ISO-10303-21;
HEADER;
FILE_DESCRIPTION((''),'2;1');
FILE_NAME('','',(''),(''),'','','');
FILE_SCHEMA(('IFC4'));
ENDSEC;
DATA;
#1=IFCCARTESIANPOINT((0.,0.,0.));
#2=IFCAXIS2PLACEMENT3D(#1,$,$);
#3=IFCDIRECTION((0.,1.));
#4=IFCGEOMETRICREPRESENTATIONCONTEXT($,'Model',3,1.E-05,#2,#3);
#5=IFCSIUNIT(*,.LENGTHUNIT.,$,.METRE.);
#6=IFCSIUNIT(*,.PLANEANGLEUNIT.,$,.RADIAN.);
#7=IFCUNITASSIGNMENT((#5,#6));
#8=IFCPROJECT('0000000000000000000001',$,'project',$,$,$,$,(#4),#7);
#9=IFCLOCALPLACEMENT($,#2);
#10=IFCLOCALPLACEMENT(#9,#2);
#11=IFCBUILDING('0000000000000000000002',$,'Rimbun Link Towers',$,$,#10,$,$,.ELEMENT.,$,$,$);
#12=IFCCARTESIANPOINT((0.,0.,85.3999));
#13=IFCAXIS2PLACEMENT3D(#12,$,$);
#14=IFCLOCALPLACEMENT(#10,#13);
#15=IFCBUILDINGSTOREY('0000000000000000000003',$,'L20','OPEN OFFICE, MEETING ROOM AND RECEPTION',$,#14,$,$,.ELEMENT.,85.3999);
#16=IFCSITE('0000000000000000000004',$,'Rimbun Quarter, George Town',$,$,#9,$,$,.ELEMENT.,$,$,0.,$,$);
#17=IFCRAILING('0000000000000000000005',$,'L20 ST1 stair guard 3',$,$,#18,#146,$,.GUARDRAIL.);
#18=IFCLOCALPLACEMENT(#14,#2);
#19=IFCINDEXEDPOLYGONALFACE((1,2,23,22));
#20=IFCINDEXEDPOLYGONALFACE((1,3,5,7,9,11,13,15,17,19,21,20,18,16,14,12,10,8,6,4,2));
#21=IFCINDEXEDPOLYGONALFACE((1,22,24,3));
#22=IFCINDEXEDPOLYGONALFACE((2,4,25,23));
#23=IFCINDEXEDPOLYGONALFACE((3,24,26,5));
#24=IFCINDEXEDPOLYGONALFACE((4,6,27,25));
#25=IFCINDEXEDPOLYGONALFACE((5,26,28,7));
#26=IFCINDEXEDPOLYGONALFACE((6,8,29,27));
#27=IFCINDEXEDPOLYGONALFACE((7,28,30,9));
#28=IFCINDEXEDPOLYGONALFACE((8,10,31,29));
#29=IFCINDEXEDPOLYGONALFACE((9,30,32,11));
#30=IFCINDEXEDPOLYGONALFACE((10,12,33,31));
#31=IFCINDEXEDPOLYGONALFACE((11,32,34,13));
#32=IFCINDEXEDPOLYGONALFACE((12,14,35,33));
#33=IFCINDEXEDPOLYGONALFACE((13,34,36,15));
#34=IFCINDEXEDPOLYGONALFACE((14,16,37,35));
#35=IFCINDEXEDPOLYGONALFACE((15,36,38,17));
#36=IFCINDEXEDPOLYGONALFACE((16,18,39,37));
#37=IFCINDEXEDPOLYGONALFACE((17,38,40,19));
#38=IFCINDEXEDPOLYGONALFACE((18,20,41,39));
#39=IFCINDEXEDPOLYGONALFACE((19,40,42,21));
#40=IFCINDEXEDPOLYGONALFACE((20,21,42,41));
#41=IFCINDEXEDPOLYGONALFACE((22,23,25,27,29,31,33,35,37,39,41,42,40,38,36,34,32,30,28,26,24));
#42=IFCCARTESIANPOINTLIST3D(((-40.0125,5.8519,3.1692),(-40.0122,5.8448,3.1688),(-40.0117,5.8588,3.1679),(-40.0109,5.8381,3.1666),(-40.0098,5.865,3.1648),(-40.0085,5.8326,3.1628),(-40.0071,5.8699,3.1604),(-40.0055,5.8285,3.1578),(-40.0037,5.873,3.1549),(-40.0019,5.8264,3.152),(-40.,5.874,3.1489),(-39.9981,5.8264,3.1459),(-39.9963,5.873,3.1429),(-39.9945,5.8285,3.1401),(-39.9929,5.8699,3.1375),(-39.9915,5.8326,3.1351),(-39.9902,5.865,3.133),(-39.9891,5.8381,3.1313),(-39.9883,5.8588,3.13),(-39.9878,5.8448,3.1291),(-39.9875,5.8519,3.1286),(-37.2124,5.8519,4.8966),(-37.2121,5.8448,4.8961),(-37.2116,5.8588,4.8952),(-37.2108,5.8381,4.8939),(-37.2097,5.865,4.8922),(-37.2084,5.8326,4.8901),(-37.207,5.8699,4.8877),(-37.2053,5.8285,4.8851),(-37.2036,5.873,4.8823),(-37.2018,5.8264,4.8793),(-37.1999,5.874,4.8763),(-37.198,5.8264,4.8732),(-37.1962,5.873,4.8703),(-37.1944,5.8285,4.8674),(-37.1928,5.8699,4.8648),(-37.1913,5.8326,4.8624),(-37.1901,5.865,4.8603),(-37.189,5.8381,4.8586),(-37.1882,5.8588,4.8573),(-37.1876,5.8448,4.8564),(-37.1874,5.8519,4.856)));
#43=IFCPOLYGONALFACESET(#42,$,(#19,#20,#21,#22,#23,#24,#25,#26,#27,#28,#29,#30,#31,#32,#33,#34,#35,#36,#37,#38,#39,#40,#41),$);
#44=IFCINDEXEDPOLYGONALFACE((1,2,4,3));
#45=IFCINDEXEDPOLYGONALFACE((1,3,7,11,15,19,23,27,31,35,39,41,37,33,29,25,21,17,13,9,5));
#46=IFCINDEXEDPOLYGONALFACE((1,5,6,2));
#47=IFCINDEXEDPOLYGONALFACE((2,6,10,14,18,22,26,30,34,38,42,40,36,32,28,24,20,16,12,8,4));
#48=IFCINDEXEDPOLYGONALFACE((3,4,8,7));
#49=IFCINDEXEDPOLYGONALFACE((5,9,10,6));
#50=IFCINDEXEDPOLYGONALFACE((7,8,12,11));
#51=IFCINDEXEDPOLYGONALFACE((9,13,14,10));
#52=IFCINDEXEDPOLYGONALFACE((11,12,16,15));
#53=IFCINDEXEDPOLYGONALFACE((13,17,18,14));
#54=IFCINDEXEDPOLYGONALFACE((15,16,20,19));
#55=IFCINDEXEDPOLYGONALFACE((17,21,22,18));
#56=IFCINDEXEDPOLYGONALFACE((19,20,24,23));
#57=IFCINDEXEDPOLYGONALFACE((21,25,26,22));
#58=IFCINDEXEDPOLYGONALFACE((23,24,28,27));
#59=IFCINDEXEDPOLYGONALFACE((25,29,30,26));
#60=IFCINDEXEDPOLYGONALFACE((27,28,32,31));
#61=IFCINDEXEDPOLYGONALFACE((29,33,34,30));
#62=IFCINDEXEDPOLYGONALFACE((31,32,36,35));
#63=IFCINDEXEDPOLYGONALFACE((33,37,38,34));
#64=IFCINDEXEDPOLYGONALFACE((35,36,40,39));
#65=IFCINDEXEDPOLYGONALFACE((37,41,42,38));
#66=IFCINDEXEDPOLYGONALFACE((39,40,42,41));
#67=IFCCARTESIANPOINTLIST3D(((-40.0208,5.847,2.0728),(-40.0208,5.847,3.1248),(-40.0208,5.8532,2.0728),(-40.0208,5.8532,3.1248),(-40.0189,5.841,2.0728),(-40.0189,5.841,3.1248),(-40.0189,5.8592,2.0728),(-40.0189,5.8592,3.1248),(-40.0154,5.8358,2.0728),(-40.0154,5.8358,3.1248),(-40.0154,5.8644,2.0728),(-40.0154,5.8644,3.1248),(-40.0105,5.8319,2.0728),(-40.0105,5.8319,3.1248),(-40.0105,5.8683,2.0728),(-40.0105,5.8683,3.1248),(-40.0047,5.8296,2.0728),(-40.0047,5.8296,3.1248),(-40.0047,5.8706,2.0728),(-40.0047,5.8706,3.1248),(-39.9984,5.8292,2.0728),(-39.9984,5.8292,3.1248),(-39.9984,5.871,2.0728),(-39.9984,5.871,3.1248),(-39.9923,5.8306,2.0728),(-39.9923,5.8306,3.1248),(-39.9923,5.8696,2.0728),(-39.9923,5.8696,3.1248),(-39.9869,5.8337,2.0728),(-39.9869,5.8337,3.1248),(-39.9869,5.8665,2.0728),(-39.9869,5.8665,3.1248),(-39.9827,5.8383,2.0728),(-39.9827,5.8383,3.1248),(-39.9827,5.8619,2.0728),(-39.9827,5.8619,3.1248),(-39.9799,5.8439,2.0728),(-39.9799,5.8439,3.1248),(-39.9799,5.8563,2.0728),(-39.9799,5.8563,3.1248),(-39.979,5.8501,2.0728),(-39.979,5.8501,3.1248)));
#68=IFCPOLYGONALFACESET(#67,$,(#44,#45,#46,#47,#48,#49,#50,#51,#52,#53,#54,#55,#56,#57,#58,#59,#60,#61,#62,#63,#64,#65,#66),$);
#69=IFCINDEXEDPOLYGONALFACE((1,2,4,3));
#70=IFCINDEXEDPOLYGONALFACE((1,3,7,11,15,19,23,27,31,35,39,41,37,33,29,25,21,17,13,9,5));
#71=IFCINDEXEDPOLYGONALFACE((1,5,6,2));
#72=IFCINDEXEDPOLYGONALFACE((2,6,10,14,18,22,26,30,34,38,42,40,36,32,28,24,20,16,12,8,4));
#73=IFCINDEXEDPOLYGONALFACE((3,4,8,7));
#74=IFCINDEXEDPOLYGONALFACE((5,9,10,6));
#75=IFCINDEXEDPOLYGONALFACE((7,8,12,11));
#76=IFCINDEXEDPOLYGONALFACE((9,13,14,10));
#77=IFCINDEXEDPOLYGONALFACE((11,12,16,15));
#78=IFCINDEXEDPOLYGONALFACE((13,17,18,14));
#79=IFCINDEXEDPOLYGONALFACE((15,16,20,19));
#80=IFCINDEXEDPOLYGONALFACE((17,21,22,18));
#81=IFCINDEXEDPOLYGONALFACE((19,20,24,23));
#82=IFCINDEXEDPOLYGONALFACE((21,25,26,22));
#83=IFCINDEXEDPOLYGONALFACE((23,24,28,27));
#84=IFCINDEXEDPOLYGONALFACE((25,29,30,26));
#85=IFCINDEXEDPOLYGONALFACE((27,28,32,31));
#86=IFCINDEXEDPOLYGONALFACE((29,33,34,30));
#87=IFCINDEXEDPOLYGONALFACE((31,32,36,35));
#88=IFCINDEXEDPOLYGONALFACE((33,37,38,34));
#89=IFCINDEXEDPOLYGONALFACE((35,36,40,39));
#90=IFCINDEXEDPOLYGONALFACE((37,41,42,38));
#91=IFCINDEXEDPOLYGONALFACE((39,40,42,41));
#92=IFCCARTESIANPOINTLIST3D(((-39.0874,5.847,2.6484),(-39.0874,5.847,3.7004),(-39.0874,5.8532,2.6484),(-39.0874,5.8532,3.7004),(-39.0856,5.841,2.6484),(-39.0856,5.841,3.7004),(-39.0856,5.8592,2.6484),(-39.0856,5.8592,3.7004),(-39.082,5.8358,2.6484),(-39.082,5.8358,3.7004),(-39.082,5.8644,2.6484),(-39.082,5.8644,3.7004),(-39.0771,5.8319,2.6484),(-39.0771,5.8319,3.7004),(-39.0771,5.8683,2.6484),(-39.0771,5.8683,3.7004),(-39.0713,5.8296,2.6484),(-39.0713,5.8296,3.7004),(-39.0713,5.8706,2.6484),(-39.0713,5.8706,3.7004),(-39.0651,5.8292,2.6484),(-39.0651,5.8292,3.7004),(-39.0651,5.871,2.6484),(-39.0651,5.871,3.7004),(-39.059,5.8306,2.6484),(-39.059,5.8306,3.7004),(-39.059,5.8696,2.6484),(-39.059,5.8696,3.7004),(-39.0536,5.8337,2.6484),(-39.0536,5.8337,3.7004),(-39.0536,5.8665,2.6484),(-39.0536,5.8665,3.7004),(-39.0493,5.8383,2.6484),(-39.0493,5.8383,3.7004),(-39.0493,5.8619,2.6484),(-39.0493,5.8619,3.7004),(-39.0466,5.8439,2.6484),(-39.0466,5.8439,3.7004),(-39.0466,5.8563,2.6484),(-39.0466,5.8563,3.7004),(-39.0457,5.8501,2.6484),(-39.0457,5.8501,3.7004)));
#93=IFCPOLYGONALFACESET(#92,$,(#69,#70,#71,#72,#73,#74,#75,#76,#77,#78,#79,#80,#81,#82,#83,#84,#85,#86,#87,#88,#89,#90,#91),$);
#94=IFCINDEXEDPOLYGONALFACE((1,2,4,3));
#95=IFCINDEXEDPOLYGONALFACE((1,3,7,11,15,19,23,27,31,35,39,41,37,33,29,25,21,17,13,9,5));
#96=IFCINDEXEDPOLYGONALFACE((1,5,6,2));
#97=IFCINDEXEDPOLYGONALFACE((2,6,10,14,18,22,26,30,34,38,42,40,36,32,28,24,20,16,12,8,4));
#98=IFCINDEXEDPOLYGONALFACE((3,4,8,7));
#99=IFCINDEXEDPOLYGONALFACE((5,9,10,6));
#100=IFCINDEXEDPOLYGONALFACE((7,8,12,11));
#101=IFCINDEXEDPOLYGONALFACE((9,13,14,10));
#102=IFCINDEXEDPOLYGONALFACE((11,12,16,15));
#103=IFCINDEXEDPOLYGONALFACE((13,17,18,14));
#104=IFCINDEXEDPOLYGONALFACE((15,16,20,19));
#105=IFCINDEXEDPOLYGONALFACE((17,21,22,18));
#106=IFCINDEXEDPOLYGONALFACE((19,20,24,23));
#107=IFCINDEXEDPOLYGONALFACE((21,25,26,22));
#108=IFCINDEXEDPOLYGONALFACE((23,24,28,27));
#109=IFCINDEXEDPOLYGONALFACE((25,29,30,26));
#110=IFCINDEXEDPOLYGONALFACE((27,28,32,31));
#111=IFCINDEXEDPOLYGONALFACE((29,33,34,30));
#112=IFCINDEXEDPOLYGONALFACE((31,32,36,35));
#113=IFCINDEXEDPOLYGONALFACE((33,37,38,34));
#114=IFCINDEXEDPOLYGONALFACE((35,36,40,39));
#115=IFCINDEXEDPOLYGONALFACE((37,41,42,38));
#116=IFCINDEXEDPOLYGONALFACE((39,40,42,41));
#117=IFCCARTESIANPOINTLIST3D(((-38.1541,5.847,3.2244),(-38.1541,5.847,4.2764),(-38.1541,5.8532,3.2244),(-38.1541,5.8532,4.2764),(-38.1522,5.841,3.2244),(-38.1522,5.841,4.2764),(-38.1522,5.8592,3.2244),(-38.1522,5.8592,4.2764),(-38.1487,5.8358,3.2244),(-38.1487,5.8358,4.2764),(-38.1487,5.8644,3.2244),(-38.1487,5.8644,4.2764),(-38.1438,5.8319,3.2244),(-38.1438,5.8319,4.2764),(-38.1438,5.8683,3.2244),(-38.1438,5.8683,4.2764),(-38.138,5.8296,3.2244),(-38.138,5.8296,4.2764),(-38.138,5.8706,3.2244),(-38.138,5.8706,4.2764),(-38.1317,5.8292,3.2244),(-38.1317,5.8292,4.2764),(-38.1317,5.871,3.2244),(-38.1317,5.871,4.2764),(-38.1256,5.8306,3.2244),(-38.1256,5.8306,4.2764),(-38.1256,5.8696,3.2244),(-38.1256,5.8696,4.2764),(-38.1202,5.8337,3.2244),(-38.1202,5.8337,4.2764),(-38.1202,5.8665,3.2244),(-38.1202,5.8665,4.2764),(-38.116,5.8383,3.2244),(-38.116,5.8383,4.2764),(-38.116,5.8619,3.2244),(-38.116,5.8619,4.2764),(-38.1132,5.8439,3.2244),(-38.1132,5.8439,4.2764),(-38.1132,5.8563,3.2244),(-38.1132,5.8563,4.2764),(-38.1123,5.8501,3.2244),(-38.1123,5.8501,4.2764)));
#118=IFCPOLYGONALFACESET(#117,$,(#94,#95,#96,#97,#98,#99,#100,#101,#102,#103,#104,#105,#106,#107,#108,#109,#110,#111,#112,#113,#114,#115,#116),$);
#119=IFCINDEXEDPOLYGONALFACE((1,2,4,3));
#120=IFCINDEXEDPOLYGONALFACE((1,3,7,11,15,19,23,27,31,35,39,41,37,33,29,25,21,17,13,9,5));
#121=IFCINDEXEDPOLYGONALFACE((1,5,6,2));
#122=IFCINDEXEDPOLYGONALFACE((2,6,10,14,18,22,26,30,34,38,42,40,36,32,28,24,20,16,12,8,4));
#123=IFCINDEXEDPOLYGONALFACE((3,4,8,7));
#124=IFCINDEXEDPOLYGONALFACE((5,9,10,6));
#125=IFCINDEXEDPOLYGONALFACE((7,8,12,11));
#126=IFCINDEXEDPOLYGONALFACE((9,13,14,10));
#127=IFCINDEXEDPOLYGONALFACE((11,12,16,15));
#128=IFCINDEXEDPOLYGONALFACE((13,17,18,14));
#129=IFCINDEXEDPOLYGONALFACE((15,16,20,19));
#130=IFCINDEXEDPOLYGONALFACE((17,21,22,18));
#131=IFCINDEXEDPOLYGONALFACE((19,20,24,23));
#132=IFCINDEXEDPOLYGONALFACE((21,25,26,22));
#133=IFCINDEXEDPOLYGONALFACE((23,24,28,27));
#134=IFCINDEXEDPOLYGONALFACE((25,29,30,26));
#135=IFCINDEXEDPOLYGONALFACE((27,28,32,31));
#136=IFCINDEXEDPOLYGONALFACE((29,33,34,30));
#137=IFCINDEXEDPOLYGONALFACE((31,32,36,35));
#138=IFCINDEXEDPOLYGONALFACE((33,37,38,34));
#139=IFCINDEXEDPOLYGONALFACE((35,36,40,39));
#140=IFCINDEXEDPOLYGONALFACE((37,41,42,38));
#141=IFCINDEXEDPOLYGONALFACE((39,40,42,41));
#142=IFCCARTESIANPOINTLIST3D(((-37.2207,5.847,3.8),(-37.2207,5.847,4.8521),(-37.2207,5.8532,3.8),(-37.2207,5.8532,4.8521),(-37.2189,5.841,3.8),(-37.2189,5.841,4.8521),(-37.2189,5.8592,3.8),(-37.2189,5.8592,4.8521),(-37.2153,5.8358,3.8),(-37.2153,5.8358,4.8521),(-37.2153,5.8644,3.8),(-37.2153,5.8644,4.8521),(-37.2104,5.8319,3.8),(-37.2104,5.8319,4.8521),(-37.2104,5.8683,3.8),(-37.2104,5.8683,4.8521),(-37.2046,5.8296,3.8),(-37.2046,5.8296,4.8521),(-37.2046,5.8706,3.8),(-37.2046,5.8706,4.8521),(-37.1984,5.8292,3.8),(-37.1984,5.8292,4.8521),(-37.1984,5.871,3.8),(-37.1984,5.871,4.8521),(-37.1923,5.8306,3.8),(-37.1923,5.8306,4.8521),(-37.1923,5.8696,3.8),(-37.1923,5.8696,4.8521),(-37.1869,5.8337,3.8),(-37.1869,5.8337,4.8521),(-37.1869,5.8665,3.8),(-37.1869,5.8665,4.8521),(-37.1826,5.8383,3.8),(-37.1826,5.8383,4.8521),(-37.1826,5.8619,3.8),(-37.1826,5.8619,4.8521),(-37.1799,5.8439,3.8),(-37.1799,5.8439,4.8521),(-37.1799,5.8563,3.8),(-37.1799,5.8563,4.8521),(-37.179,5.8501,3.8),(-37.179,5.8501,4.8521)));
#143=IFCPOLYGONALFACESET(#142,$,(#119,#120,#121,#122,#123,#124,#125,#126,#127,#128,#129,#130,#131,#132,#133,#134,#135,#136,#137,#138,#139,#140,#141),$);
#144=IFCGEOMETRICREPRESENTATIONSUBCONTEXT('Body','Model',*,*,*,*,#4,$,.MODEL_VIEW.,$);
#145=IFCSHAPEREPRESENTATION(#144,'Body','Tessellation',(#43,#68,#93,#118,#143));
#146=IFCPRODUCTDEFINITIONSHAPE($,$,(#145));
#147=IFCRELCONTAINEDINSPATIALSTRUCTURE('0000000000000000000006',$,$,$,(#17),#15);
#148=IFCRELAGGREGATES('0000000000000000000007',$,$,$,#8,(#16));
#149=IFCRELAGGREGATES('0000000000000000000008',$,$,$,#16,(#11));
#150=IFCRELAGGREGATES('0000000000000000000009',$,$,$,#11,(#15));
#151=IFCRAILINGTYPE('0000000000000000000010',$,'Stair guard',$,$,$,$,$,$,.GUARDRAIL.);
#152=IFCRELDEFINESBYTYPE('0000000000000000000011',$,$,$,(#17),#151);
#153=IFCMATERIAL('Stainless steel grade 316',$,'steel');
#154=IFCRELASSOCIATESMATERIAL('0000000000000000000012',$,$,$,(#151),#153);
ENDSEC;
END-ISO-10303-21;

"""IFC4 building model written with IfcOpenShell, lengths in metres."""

from ifc_helpers import new_model, si_unit, direction, frame, origin, origin_2d, place, context, subcontext, project, spatial, circle, extrude, material, type_object, element, save


model = new_model("IFC4")

# Units and contexts
model_context = context("Model", 3, precision=1e-05, world=origin(), true_north=direction((0.0, 1.0)))
body_context = subcontext(model_context, "Body", "Model", "MODEL_VIEW")
ifc_project = project(units=[si_unit("LENGTHUNIT", "METRE"), si_unit("PLANEANGLEUNIT", "RADIAN")], contexts=[model_context])

# Site, building, storey
site_placement = place(None, origin())
site = spatial("IfcSite", under=ifc_project, at=site_placement, Name="Rimbun Quarter, George Town", CompositionType="ELEMENT", RefElevation=0.0)
building_placement = place(site_placement, origin())
building = spatial("IfcBuilding", under=site, at=building_placement, Name="Rimbun Link Towers", CompositionType="ELEMENT")
storey_placement = place(building_placement, frame((0.0, 0.0, 85.3999)))
storey = spatial("IfcBuildingStorey", under=building, at=storey_placement, Name="L20", Description="OPEN OFFICE, MEETING ROOM AND RECEPTION", CompositionType="ELEMENT", Elevation=85.3999)

# Railing
ifc_material_1 = material(Name="Stainless steel grade 316", Category="steel")
railing_type_1 = type_object("IfcRailingType", Name="Stair guard", PredefinedType="GUARDRAIL", material=ifc_material_1)
railing_1_placement = place(storey_placement, frame((-40.0, 5.8501, 2.0728)))
element("IfcRailing", 1, at=railing_1_placement, inside=storey, type_object=railing_type_1, Name="L20 ST1 stair guard 3", PredefinedType="GUARDRAIL", context=body_context, shape_type="SweptSolid", body=[
    extrude(circle(Radius=0.0239, at=origin_2d()), frame((0.0, 0.0, 1.0762), z_axis=(0.85109, 0.0, 0.52502), x_axis=(0.0, 1.0, 0.0)), (0.0, 0.0, 1.0), 3.29),
    extrude(circle(Radius=0.021, at=origin_2d()), origin(), (0.0, 0.0, 1.0), 1.052),
    extrude(circle(Radius=0.021, at=origin_2d()), frame((0.9333, 0.0, 0.5757)), (0.0, 0.0, 1.0), 1.052),
    extrude(circle(Radius=0.021, at=origin_2d()), frame((1.8667, 0.0, 1.1516)), (0.0, 0.0, 1.0), 1.052),
    extrude(circle(Radius=0.021, at=origin_2d()), frame((2.8, 0.0, 1.7273)), (0.0, 0.0, 1.0), 1.052),
])

save(model, "model.ifc")
